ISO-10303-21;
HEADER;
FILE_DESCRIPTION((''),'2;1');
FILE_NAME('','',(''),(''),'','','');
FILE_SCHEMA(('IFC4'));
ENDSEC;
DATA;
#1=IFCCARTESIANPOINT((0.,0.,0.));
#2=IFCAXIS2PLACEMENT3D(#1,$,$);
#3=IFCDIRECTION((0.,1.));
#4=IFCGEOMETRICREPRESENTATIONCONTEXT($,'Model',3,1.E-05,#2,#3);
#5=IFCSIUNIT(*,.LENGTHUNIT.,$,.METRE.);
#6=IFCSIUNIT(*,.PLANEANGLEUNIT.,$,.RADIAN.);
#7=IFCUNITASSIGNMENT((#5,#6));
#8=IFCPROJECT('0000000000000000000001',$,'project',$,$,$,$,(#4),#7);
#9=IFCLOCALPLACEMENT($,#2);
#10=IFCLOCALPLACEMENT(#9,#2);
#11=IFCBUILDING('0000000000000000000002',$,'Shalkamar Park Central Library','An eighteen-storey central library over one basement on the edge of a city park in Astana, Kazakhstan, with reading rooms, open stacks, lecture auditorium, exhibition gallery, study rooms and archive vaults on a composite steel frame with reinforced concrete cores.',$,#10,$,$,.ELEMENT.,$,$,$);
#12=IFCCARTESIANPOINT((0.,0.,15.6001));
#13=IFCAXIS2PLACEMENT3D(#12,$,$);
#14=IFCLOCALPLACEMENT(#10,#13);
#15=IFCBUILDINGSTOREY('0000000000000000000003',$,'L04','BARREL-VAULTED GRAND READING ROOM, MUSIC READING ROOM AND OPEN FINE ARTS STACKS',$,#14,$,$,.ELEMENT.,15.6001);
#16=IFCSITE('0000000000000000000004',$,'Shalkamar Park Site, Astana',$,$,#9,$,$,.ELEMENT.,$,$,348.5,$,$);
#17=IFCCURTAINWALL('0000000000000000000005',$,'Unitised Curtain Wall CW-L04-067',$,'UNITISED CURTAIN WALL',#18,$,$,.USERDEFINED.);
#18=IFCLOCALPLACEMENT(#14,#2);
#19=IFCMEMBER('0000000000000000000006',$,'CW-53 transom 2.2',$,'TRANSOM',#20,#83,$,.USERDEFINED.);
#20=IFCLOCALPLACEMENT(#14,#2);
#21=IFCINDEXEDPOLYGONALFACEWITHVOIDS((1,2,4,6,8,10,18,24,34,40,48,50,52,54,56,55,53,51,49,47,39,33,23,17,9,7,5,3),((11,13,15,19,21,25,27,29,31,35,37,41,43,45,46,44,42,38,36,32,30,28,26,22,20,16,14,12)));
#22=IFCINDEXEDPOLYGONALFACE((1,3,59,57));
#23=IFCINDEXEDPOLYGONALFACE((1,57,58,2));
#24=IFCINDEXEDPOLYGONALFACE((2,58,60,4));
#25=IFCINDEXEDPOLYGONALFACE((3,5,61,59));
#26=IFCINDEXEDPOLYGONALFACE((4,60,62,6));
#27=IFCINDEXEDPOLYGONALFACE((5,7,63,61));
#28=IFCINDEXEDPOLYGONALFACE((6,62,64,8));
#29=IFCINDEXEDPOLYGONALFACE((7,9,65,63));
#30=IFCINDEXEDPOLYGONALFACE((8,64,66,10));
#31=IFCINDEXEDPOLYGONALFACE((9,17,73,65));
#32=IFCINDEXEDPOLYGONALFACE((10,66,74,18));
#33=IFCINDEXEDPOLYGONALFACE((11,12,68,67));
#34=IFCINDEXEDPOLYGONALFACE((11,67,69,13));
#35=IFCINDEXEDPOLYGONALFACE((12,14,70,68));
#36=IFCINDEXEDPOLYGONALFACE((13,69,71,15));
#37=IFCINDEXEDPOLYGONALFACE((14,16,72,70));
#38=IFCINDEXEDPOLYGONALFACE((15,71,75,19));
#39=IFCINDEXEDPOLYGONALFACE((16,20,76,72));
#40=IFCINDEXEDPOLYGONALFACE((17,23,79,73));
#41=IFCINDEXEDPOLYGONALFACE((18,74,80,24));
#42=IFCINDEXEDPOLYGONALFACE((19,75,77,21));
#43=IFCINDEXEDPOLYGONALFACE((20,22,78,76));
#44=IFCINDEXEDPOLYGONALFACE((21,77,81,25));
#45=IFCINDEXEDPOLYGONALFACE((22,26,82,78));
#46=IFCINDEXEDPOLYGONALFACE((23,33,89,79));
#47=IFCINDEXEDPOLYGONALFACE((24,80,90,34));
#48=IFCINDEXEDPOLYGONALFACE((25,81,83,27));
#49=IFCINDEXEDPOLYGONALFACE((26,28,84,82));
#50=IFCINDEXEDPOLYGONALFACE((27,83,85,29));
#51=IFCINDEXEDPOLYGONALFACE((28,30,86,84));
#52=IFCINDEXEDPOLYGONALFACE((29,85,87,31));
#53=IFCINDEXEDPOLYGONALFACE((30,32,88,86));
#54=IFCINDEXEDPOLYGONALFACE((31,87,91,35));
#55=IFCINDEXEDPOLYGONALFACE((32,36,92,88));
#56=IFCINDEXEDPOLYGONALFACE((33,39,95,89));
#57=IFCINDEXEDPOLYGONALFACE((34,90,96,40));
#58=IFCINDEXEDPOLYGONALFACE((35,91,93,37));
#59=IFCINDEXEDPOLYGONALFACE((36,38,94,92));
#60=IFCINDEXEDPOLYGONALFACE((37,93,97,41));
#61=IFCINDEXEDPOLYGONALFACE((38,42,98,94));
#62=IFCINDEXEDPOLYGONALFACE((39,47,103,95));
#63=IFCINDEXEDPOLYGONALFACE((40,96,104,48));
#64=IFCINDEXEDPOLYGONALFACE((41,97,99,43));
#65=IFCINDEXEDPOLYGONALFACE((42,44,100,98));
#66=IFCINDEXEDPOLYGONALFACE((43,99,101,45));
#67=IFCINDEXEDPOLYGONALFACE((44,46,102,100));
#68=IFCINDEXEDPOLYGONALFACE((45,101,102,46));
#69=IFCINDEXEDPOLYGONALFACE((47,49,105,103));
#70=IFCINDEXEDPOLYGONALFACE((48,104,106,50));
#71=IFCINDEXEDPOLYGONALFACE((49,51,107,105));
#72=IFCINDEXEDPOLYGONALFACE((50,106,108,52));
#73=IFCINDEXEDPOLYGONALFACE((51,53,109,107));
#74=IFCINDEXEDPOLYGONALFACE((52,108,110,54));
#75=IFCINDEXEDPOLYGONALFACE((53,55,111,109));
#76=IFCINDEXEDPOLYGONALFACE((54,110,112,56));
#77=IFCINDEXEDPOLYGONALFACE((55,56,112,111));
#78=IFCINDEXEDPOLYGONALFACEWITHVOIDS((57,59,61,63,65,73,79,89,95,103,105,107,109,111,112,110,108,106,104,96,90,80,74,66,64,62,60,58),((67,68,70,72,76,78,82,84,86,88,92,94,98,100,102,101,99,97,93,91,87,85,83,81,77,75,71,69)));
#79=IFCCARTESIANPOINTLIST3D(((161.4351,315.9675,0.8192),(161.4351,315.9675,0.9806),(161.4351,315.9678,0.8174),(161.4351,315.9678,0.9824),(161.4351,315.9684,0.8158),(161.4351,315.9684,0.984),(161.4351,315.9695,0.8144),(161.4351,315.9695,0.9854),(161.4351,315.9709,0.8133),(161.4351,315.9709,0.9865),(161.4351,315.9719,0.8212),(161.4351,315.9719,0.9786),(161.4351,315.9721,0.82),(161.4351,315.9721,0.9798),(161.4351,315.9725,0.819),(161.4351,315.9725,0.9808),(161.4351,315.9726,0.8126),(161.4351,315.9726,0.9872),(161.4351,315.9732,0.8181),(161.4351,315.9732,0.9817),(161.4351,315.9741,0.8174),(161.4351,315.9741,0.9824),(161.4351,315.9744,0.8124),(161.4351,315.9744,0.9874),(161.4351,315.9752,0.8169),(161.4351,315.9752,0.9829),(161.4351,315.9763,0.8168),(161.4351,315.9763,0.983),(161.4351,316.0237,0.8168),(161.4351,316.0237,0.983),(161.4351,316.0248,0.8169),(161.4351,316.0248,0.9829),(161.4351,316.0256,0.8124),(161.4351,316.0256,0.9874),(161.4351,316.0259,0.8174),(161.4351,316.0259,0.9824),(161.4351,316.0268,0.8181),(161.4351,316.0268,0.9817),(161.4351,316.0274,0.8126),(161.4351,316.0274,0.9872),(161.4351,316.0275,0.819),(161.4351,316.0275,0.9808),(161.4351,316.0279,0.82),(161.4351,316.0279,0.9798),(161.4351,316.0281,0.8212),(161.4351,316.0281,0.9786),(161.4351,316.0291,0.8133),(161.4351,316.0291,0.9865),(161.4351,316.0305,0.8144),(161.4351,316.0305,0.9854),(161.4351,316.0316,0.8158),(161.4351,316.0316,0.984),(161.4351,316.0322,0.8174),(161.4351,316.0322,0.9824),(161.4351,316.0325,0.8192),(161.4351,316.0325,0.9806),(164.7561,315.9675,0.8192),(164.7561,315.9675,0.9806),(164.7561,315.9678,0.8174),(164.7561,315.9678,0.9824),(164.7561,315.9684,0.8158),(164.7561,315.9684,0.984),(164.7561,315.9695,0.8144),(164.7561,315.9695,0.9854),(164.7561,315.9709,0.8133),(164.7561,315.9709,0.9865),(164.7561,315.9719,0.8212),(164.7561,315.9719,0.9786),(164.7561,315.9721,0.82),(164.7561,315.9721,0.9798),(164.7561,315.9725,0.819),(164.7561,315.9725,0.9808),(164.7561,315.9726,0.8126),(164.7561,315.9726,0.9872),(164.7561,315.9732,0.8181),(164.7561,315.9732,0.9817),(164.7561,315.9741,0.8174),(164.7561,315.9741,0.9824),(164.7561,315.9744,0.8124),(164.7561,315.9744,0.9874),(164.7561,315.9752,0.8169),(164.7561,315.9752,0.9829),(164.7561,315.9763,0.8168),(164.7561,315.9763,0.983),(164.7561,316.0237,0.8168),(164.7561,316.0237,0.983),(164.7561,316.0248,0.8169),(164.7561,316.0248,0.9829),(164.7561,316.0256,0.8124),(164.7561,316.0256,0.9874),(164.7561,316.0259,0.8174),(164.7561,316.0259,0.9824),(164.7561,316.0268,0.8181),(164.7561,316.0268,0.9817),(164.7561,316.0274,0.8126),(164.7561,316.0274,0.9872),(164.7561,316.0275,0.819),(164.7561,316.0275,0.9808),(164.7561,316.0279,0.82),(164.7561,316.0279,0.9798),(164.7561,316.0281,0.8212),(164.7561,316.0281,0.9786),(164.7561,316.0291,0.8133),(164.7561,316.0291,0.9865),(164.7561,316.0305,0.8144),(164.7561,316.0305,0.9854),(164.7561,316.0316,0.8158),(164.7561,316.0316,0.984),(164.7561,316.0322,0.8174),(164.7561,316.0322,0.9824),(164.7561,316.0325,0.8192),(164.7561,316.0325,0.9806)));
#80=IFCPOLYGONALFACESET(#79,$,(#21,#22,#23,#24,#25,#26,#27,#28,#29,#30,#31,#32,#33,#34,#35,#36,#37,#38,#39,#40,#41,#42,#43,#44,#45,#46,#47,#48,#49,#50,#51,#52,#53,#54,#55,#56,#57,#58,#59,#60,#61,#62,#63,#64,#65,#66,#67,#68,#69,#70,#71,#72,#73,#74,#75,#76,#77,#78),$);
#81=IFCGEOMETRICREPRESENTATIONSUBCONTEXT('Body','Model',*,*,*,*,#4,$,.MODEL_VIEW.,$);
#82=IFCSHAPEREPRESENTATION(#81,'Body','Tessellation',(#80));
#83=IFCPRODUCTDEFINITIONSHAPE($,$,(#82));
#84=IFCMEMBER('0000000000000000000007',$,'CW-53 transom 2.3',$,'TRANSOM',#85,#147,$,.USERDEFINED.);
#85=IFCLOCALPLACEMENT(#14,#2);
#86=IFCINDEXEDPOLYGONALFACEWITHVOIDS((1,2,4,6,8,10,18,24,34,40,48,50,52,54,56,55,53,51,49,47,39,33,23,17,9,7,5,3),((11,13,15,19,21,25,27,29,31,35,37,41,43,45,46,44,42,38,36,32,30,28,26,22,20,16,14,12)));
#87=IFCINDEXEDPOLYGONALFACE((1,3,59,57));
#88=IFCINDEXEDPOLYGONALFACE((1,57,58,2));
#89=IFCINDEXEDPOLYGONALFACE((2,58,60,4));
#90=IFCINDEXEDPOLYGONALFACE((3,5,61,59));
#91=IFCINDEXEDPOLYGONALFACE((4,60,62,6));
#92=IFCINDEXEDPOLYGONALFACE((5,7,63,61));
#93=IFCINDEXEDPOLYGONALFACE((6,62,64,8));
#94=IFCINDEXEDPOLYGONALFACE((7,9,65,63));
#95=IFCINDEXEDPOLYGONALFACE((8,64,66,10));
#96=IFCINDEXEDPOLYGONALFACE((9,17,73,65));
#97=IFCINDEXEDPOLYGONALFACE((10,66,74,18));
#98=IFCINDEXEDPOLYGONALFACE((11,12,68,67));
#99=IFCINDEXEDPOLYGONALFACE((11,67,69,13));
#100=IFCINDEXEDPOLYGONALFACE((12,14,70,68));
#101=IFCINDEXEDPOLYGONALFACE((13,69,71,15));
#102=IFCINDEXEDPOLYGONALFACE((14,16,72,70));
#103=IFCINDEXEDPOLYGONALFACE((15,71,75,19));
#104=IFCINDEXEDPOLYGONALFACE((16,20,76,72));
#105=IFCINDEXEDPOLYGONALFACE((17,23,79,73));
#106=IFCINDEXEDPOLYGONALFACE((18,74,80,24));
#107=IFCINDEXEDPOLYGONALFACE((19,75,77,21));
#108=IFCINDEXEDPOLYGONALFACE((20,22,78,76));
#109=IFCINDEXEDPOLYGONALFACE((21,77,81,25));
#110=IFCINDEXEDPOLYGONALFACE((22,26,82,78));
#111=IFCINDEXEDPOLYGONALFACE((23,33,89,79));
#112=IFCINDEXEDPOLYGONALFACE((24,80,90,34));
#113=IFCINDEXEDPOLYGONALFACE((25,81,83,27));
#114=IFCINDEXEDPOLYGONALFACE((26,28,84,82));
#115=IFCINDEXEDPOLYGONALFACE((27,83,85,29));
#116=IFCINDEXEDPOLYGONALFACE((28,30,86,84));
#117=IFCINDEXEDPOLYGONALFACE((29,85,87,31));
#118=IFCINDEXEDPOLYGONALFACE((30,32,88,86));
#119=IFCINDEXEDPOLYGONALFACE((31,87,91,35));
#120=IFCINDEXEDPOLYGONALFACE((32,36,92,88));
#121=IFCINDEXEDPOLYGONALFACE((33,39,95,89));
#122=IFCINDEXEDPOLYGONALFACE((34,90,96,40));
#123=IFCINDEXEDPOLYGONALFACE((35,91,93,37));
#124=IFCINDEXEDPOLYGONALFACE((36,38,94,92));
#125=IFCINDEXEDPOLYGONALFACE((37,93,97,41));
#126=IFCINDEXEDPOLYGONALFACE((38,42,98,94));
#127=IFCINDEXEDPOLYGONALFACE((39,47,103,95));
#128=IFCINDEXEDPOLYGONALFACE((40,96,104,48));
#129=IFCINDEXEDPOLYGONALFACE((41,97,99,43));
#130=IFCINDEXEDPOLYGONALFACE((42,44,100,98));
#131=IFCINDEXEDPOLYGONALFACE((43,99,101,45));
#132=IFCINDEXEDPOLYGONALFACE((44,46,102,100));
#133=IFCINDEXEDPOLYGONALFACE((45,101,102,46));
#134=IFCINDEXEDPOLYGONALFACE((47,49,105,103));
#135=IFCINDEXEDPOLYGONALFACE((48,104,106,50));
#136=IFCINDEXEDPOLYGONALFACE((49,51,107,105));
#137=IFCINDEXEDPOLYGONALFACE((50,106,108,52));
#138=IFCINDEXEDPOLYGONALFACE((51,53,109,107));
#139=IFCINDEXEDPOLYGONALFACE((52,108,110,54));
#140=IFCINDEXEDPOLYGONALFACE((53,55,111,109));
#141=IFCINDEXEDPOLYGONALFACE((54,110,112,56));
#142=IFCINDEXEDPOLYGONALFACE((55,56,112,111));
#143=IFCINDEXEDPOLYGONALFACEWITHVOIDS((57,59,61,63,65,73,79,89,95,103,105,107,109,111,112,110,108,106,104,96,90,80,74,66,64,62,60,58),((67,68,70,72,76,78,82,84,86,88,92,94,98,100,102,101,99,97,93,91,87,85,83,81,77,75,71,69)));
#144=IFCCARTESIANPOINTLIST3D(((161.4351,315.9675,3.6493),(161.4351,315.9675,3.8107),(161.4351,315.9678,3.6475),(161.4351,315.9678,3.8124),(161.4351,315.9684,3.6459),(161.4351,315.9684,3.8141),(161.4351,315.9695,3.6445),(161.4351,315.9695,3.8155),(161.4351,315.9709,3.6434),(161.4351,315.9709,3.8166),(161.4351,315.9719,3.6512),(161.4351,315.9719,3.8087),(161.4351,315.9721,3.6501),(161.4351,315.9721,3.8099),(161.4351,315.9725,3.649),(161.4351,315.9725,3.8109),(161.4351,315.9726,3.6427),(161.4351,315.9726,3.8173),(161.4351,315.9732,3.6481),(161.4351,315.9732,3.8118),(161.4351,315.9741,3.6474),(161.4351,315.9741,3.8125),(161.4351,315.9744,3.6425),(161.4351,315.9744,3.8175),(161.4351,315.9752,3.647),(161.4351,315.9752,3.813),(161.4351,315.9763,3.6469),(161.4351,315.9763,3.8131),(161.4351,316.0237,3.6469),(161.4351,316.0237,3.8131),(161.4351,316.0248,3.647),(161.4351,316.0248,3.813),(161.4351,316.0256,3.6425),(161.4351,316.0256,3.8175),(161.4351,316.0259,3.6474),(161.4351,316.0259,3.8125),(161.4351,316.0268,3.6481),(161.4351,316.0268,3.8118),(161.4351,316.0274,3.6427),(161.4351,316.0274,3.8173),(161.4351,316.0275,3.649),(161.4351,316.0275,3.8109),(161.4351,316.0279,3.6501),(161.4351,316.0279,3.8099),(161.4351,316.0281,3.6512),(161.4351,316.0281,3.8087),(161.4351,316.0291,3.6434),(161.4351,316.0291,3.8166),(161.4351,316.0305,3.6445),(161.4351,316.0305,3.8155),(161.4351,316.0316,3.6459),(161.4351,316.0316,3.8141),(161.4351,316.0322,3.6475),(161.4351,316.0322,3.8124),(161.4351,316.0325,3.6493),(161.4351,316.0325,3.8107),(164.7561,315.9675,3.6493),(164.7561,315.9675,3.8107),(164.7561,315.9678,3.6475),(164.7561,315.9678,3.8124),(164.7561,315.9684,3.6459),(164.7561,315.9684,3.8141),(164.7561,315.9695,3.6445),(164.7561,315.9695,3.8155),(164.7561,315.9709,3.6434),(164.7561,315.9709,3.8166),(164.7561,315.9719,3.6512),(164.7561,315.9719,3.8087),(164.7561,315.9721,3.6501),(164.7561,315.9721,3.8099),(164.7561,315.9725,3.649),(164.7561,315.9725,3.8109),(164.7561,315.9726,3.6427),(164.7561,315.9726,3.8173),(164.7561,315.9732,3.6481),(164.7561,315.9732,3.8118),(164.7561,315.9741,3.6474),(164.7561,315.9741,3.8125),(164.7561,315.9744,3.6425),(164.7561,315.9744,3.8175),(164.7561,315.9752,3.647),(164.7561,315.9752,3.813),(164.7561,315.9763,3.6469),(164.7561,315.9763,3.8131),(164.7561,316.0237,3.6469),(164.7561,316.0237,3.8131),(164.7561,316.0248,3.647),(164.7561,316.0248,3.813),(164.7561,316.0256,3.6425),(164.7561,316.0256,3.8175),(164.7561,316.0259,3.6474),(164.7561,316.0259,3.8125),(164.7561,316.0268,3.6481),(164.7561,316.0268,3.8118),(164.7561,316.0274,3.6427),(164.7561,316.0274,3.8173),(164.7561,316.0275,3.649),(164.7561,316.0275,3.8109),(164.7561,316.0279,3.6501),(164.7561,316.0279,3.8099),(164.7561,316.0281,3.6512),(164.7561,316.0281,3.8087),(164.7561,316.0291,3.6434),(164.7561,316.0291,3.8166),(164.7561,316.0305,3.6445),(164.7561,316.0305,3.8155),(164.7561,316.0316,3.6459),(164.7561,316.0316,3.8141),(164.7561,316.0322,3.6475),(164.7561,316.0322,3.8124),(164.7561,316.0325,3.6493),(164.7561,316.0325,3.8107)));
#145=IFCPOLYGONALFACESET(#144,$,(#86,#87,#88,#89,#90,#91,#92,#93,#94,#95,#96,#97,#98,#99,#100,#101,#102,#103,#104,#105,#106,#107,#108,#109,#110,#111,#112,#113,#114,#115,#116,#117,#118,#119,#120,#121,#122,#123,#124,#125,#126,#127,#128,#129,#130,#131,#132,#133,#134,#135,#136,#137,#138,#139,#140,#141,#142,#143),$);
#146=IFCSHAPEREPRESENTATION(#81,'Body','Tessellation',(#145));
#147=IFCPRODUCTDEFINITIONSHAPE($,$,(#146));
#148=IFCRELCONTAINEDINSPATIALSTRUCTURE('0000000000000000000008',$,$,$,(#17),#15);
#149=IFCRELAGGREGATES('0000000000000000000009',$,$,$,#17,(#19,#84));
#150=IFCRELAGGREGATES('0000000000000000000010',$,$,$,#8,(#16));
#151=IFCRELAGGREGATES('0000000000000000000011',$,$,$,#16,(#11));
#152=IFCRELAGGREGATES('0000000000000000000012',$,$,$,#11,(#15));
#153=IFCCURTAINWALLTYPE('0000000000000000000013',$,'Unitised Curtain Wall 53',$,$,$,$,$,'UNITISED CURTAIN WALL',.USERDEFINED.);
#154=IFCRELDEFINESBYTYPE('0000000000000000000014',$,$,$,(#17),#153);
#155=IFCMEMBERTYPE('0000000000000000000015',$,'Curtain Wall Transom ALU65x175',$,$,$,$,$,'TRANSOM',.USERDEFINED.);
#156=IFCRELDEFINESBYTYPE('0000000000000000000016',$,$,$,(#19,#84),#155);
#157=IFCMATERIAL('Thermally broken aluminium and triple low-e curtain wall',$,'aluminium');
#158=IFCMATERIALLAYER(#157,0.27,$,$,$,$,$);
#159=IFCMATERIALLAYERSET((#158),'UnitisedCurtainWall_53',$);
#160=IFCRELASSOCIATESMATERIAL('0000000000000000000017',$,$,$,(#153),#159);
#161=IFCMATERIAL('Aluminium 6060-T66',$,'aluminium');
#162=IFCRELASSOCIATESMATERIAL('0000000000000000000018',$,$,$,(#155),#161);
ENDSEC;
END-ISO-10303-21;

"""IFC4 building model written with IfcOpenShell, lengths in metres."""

from ifc_helpers import new_model, si_unit, direction, frame, origin, origin_2d, place, context, subcontext, project, spatial, hollow_rectangle, extrude, material, layer, layer_set, material_profile, profile_set, type_object, element, aggregate, save


model = new_model("IFC4")

# Units and contexts
model_context = context("Model", 3, precision=1e-05, world=origin(), true_north=direction((0.0, 1.0)))
body_context = subcontext(model_context, "Body", "Model", "MODEL_VIEW")
ifc_project = project(units=[si_unit("LENGTHUNIT", "METRE"), si_unit("PLANEANGLEUNIT", "RADIAN")], contexts=[model_context])

# Site, building, storey
site_placement = place(None, origin())
site = spatial("IfcSite", under=ifc_project, at=site_placement, Name="Shalkamar Park Site, Astana", CompositionType="ELEMENT", RefElevation=348.5)
building_placement = place(site_placement, origin())
building = spatial("IfcBuilding", under=site, at=building_placement, Name="Shalkamar Park Central Library", Description="An eighteen-storey central library over one basement on the edge of a city park in Astana, Kazakhstan, with reading rooms, open stacks, lecture auditorium, exhibition gallery, study rooms and archive vaults on a composite steel frame with reinforced concrete cores.", CompositionType="ELEMENT")
storey_placement = place(building_placement, frame((0.0, 0.0, 15.6001)))
storey = spatial("IfcBuildingStorey", under=building, at=storey_placement, Name="L04", Description="BARREL-VAULTED GRAND READING ROOM, MUSIC READING ROOM AND OPEN FINE ARTS STACKS", CompositionType="ELEMENT", Elevation=15.6001)

# Curtain wall
ifc_material_1 = material(Name="Thermally broken aluminium and triple low-e curtain wall", Category="aluminium")
ifc_layer_1 = layer(ifc_material_1, 0.27)
ifc_layer_set_1 = layer_set([ifc_layer_1], Name="UnitisedCurtainWall_53")
curtain_wall_type_1 = type_object("IfcCurtainWallType", Name="Unitised Curtain Wall 53", ElementType="UNITISED CURTAIN WALL", PredefinedType="USERDEFINED", material=ifc_layer_set_1)
curtain_wall_1_placement = place(storey_placement, origin())
curtain_wall_1 = element("IfcCurtainWall", 1, at=curtain_wall_1_placement, inside=storey, type_object=curtain_wall_type_1, Name="Unitised Curtain Wall CW-L04-067", ObjectType="UNITISED CURTAIN WALL", PredefinedType="USERDEFINED")
ifc_material_2 = material(Name="Aluminium 6060-T66", Category="aluminium")

# Members
ifc_material_profile_1 = material_profile(ifc_material_2, hollow_rectangle(XDim=0.0649, YDim=0.175, WallThickness=0.0044, InnerFilletRadius=0.0044, OuterFilletRadius=0.0068, at=origin_2d()), Name="ALU 65x175x4.5")
ifc_profile_set_1 = profile_set([ifc_material_profile_1], Name="Aluminium 6060-T66")
member_type_1 = type_object("IfcMemberType", Name="Curtain Wall Transom ALU65x175", ElementType="TRANSOM", PredefinedType="USERDEFINED", material=ifc_profile_set_1)
member_1_placement = place(storey_placement, frame((161.4351, 316.0, 0.8999), z_axis=(1.0, 0.0, 0.0), x_axis=(0.0, 1.0, 0.0)))
member_1 = element("IfcMember", 2, at=member_1_placement, type_object=member_type_1, Name="CW-53 transom 2.2", ObjectType="TRANSOM", PredefinedType="USERDEFINED", context=body_context, shape_type="SweptSolid", body=[
    extrude(hollow_rectangle(XDim=0.0649, YDim=0.175, WallThickness=0.0044, InnerFilletRadius=0.0044, OuterFilletRadius=0.0068, at=origin_2d()), origin(), (0.0, 0.0, 1.0), 3.321),
])
member_2_placement = place(storey_placement, frame((161.4351, 316.0, 3.73), z_axis=(1.0, 0.0, 0.0), x_axis=(0.0, 1.0, 0.0)))
member_2 = element("IfcMember", 3, at=member_2_placement, type_object=member_type_1, Name="CW-53 transom 2.3", ObjectType="TRANSOM", PredefinedType="USERDEFINED", context=body_context, shape_type="SweptSolid", body=[
    extrude(hollow_rectangle(XDim=0.0649, YDim=0.175, WallThickness=0.0044, InnerFilletRadius=0.0044, OuterFilletRadius=0.0068, at=origin_2d()), origin(), (0.0, 0.0, 1.0), 3.321),
])

aggregate(curtain_wall_1, [member_1, member_2])

save(model, "model.ifc")
